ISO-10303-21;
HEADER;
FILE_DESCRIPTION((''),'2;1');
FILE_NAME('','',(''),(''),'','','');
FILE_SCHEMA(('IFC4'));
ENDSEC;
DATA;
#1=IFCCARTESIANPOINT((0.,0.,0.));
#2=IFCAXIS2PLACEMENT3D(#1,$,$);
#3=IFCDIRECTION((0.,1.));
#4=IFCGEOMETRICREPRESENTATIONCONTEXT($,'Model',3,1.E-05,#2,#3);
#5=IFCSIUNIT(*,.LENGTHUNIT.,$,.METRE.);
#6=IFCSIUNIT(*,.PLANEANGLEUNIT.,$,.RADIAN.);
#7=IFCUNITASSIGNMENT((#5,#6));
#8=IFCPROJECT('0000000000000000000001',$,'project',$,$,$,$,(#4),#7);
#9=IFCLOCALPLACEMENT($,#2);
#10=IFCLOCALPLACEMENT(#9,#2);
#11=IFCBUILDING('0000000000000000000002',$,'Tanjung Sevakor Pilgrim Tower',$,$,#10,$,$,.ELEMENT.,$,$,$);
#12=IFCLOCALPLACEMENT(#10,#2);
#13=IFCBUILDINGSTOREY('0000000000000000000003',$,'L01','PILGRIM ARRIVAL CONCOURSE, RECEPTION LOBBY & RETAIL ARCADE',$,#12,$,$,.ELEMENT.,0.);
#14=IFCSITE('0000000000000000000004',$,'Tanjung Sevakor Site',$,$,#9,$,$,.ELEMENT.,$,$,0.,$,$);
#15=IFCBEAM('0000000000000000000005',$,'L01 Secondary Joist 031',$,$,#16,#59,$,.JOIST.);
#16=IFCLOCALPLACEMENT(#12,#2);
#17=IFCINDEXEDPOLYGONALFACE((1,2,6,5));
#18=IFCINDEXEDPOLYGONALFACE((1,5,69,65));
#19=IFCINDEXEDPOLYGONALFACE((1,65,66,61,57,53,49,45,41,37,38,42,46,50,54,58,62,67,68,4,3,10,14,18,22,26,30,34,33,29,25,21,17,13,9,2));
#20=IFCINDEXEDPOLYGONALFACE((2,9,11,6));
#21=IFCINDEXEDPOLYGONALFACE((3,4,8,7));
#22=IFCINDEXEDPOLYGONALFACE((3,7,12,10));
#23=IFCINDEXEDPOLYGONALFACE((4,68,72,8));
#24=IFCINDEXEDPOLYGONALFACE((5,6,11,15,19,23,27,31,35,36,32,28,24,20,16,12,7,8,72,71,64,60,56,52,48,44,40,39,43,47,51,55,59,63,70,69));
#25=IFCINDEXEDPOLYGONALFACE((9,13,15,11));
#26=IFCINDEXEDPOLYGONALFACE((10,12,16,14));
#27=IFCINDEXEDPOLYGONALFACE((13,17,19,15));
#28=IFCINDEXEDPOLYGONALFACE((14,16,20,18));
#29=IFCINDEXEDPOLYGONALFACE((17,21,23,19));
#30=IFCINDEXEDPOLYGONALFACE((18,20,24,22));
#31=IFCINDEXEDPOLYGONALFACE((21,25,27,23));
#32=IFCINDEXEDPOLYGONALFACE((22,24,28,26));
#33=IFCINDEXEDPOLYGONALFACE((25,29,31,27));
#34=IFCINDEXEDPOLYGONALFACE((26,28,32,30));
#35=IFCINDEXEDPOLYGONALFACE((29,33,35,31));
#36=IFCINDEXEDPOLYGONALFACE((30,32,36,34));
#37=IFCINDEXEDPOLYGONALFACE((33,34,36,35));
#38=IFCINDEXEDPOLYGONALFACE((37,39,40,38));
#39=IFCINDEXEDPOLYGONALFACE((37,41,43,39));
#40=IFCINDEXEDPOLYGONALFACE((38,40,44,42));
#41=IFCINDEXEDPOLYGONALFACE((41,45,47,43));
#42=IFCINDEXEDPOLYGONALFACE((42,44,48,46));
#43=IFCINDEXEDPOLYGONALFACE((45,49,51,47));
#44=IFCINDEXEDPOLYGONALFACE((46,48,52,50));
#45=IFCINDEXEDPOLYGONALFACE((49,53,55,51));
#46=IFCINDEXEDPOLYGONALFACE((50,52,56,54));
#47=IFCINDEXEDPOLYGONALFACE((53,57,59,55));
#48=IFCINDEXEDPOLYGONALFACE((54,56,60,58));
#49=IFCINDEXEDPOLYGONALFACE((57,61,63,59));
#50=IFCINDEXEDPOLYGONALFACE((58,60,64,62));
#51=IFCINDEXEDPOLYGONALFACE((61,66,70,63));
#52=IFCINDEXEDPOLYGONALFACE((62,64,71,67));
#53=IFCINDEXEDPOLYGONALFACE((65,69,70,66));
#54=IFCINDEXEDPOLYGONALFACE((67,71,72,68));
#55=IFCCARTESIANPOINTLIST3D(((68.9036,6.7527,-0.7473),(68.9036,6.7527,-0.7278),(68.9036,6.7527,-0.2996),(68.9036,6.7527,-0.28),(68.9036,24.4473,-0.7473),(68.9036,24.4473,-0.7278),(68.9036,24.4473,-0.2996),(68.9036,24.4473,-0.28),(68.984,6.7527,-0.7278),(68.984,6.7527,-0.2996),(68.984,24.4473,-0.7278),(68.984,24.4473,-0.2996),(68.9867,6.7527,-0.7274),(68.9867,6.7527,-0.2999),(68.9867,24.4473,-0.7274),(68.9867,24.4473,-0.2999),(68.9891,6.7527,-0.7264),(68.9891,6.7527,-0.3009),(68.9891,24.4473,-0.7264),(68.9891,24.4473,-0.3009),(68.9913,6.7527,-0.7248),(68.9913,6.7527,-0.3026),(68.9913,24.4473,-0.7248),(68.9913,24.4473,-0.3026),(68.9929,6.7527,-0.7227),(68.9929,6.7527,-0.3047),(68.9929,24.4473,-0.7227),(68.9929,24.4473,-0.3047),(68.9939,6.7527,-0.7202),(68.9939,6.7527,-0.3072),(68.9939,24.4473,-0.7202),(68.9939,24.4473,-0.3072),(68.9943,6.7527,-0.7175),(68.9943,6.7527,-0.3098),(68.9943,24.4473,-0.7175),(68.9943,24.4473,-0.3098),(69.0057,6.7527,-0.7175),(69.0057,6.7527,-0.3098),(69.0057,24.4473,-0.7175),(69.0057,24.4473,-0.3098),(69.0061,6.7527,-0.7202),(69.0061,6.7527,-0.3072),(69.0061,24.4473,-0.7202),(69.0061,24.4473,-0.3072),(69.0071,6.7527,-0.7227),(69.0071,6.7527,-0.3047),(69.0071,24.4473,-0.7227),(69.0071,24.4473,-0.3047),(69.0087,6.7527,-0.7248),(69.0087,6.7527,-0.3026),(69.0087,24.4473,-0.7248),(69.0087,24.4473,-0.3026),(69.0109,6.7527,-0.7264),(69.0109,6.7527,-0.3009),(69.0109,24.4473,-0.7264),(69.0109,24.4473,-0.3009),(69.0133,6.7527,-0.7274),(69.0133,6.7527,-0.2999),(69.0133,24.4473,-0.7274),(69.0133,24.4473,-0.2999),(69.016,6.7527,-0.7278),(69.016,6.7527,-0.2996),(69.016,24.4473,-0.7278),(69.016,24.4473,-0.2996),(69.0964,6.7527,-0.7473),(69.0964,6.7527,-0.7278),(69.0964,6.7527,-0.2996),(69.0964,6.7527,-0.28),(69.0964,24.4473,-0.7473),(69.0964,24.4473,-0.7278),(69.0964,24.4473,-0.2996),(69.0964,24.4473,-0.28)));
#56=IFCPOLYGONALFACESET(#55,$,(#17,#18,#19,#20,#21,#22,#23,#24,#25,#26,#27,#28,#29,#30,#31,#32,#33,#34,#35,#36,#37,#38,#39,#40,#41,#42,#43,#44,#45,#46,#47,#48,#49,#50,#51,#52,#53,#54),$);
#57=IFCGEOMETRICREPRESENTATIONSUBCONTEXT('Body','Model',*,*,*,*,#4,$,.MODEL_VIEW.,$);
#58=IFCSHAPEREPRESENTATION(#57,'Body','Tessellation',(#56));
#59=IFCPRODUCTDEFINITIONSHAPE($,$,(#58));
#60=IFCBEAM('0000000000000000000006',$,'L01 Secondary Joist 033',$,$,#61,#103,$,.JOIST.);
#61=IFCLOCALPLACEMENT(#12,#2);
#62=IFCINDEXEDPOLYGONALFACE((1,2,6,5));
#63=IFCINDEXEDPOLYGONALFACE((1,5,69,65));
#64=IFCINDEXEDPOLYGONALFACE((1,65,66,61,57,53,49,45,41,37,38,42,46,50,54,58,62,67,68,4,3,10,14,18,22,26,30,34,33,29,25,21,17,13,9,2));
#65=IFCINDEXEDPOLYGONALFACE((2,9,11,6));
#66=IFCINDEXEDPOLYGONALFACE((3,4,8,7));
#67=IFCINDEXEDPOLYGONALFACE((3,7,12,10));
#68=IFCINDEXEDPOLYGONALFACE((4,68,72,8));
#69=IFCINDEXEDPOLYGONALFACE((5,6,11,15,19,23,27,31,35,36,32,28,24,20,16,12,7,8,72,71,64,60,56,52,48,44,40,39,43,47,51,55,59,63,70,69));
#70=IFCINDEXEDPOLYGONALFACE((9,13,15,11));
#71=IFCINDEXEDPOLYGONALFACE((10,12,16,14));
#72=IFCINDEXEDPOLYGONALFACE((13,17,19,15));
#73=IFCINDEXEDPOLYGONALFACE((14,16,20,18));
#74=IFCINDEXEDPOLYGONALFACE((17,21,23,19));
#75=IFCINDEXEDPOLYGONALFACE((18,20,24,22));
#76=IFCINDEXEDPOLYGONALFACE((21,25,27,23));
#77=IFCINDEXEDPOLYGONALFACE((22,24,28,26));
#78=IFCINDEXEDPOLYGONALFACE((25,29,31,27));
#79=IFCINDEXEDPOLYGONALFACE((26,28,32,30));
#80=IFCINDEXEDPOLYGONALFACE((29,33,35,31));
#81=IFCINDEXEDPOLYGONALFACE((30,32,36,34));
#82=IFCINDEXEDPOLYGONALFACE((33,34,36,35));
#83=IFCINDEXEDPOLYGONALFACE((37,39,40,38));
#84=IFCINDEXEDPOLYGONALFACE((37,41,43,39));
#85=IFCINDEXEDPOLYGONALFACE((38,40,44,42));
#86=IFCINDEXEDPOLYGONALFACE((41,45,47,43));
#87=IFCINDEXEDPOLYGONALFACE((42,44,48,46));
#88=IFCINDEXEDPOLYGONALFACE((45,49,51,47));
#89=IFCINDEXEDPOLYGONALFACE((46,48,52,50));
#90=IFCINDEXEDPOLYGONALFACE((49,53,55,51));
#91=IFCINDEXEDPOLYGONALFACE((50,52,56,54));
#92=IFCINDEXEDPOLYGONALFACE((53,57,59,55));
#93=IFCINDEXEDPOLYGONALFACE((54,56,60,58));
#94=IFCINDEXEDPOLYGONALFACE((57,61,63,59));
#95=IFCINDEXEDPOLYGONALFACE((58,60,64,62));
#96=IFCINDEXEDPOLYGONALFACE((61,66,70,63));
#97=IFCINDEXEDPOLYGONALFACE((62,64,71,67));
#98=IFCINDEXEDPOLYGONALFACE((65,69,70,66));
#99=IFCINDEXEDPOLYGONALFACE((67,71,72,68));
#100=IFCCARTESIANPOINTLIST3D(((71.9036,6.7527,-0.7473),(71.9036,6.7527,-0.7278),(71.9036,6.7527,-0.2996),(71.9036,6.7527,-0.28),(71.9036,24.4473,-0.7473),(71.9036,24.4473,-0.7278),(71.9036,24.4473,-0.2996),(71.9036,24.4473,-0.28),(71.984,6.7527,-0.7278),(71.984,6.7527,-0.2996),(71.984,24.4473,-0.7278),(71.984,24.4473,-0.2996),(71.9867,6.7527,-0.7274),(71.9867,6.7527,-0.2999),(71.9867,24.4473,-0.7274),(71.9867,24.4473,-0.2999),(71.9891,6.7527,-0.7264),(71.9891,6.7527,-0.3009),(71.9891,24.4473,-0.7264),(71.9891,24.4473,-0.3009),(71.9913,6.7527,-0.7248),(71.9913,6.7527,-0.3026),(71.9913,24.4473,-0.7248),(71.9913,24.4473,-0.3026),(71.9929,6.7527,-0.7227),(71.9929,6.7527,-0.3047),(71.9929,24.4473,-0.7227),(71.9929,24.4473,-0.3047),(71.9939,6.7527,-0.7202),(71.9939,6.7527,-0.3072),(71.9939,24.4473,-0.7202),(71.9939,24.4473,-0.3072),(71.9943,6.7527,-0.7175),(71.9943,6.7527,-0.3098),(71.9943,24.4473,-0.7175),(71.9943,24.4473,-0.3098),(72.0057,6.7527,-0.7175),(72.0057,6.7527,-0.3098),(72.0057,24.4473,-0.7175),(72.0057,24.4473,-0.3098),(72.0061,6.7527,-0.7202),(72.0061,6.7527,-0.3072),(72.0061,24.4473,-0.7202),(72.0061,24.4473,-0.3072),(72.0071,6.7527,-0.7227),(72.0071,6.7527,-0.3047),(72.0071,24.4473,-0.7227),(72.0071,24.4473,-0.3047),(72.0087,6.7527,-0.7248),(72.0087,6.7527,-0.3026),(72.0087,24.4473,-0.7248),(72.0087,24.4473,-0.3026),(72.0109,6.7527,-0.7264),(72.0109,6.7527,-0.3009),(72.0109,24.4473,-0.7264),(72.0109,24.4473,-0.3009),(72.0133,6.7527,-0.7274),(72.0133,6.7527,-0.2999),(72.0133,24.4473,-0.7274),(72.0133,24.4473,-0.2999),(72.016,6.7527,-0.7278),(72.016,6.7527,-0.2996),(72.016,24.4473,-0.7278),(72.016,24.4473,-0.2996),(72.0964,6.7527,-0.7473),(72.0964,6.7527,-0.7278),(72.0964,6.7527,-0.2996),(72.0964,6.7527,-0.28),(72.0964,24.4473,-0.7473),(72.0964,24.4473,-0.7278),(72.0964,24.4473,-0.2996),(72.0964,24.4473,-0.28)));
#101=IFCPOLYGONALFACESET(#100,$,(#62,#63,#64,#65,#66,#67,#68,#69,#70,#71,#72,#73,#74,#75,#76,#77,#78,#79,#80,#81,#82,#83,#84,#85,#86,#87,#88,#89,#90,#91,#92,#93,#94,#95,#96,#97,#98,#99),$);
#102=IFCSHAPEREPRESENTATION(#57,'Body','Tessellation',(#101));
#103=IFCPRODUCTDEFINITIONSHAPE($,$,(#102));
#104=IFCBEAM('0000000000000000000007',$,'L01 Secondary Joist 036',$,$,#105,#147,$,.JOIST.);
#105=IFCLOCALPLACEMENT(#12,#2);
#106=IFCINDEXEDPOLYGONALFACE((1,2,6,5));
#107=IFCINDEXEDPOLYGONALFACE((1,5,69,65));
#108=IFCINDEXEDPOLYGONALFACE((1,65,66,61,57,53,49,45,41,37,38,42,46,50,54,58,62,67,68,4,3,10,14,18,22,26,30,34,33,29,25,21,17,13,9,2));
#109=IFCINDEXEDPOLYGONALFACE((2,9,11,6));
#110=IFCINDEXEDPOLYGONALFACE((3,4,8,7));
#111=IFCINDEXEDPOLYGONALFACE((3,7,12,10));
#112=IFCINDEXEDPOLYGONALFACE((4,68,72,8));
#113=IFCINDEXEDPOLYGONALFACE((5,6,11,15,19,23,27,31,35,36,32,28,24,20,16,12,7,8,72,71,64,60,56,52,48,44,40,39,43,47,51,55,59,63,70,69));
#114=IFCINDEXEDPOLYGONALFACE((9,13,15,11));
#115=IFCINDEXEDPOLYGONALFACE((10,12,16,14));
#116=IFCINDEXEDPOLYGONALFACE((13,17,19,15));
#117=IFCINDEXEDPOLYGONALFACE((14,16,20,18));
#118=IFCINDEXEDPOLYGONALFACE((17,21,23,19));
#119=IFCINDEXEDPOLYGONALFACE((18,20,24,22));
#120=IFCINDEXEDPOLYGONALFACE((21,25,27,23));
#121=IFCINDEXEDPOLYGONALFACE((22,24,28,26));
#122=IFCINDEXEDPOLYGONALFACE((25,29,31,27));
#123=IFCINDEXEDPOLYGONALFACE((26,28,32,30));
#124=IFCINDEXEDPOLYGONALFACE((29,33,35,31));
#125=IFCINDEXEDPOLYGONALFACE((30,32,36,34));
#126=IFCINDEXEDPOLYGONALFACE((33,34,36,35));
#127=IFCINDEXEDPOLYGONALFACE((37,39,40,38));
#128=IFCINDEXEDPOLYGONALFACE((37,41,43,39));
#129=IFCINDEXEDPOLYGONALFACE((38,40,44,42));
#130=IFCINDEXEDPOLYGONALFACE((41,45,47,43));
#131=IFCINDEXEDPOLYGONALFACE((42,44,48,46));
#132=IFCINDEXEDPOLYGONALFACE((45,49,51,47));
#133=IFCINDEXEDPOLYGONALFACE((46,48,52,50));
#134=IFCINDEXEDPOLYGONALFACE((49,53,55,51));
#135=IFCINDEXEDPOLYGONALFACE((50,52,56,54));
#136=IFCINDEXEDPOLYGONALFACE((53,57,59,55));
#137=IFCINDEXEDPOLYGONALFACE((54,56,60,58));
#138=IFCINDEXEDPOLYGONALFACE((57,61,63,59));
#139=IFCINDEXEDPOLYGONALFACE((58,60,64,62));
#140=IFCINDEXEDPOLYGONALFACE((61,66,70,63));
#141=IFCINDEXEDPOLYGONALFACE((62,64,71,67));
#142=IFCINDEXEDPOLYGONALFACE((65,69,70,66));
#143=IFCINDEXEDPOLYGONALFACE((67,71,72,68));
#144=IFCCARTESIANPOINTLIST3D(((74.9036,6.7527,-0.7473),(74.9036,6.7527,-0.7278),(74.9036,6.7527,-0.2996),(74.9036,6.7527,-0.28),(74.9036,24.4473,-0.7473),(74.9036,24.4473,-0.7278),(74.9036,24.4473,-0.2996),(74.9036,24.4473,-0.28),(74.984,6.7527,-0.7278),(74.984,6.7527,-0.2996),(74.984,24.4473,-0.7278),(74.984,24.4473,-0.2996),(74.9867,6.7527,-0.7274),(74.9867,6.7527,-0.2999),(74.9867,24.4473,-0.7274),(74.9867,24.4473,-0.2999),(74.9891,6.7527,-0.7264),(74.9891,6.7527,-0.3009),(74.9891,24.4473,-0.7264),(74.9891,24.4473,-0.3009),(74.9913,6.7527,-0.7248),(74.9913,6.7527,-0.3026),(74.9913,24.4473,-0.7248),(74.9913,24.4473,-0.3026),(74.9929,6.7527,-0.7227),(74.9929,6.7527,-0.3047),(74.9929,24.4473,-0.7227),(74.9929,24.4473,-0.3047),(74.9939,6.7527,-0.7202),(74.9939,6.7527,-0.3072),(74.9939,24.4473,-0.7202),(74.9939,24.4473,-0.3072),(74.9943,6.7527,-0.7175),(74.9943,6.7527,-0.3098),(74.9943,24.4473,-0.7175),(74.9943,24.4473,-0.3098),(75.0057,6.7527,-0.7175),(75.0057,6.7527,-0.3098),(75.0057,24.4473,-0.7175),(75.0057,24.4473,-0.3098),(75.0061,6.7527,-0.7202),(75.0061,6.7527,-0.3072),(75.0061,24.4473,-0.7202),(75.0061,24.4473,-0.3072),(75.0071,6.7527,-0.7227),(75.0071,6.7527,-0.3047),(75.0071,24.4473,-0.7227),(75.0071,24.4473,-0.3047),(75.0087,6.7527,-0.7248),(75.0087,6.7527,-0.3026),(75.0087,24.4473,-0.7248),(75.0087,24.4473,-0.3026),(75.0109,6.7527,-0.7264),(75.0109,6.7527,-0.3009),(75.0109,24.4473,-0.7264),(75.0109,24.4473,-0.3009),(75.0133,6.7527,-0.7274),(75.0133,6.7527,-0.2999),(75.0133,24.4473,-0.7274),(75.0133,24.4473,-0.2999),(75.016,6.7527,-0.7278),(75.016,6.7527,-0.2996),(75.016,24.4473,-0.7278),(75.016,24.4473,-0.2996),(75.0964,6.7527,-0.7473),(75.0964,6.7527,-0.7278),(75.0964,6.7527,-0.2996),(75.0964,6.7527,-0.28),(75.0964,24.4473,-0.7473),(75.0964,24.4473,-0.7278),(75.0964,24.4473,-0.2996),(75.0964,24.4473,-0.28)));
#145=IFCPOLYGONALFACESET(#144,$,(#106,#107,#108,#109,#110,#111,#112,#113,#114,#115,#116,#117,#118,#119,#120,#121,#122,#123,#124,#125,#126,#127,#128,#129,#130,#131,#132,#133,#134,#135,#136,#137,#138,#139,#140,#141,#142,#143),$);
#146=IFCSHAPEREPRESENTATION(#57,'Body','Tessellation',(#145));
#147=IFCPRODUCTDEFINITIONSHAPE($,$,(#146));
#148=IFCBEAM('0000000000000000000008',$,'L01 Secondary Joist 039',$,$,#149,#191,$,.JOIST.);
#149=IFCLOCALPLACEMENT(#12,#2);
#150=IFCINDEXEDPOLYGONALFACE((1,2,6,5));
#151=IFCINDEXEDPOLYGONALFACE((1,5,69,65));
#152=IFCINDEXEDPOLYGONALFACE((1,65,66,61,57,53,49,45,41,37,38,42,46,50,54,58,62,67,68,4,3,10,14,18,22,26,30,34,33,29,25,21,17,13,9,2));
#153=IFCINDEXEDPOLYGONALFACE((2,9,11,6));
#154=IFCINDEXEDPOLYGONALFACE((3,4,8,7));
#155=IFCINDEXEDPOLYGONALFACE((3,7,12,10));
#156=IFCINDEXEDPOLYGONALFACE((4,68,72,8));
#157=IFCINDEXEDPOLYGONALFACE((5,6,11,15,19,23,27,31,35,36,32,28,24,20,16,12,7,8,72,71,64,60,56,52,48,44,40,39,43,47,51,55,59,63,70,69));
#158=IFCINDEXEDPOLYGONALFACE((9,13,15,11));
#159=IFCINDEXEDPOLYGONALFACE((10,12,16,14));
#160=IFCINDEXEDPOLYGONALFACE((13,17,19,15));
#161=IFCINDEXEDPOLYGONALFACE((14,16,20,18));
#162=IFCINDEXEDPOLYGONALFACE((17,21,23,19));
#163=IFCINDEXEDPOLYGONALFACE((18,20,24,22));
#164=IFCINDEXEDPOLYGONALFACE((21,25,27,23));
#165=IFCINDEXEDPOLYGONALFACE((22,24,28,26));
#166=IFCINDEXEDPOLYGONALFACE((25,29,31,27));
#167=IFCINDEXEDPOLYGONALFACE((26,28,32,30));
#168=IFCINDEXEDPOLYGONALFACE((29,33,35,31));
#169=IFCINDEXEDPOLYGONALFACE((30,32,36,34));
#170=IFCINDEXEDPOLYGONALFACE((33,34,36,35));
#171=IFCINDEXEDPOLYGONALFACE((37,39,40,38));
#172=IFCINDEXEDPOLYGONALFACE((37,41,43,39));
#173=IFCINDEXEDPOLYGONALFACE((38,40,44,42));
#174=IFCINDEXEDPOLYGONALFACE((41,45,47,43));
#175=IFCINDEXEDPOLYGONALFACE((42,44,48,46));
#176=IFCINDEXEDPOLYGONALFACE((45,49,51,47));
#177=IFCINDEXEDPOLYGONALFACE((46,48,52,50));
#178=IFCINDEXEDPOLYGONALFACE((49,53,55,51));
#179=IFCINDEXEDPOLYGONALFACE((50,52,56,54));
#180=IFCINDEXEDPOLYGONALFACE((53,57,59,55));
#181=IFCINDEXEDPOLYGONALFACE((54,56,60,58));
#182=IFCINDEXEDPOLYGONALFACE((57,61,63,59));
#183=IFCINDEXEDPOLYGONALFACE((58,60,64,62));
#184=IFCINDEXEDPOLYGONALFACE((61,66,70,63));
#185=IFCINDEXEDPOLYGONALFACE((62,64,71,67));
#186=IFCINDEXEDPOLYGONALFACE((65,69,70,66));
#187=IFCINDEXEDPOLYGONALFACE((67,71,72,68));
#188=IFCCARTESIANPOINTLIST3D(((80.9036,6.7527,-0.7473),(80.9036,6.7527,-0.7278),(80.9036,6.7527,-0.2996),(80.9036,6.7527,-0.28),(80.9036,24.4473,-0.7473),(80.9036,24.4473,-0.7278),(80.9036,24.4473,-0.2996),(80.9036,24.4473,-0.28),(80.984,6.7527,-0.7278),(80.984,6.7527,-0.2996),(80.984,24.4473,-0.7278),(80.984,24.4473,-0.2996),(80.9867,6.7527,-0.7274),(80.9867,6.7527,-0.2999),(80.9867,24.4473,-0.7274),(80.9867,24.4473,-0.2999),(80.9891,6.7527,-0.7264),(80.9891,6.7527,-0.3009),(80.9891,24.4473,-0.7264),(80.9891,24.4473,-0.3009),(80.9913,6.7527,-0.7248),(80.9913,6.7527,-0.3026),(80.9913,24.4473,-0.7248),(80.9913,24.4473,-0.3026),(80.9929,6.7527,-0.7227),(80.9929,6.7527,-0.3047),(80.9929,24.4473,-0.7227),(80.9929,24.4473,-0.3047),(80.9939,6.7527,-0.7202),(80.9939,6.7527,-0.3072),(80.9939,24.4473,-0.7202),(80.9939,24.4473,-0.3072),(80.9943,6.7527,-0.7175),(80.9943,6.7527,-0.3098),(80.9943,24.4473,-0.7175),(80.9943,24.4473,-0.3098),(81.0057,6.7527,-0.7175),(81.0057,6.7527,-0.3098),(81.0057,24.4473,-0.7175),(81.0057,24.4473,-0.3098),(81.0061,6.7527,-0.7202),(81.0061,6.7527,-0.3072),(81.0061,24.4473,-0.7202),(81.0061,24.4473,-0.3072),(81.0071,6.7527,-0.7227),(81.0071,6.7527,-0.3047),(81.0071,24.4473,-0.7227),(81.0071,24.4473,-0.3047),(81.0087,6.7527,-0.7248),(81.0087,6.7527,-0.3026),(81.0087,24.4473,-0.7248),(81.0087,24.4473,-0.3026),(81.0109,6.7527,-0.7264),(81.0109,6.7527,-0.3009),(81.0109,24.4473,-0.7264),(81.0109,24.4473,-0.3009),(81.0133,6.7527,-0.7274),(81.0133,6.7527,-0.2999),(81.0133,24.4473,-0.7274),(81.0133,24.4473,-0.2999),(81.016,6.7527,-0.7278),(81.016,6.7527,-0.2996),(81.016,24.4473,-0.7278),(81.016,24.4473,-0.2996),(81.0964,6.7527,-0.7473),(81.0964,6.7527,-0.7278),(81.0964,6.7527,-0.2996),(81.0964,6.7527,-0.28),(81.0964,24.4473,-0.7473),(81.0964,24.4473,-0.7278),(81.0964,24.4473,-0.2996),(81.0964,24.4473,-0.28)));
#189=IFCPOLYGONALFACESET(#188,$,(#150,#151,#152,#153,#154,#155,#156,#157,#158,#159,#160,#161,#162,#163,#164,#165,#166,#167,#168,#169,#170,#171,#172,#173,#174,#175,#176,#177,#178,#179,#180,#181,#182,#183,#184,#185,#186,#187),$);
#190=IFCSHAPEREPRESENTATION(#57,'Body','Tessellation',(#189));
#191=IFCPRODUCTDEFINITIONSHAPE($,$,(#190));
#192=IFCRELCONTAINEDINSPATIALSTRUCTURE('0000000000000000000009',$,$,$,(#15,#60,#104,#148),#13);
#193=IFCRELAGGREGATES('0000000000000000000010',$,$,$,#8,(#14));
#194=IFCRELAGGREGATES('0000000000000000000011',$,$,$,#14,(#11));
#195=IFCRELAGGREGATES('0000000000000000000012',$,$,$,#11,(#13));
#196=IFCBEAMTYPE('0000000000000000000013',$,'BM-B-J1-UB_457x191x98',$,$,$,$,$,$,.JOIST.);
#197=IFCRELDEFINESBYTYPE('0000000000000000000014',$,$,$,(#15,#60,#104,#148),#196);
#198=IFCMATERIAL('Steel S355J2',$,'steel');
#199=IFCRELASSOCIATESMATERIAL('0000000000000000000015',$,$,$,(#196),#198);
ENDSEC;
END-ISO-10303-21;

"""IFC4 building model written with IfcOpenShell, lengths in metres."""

from ifc_helpers import new_model, si_unit, direction, frame, origin, origin_2d, place, context, subcontext, project, spatial, i_section, extrude, material, material_profile, profile_set, type_object, element, save


model = new_model("IFC4")

# Units and contexts
model_context = context("Model", 3, precision=1e-05, world=origin(), true_north=direction((0.0, 1.0)))
body_context = subcontext(model_context, "Body", "Model", "MODEL_VIEW")
ifc_project = project(units=[si_unit("LENGTHUNIT", "METRE"), si_unit("PLANEANGLEUNIT", "RADIAN")], contexts=[model_context])

# Site, building, storey
site_placement = place(None, origin())
site = spatial("IfcSite", under=ifc_project, at=site_placement, Name="Tanjung Sevakor Site", CompositionType="ELEMENT", RefElevation=0.0)
building_placement = place(site_placement, origin())
building = spatial("IfcBuilding", under=site, at=building_placement, Name="Tanjung Sevakor Pilgrim Tower", CompositionType="ELEMENT")
storey_placement = place(building_placement, origin())
storey = spatial("IfcBuildingStorey", under=building, at=storey_placement, Name="L01", Description="PILGRIM ARRIVAL CONCOURSE, RECEPTION LOBBY & RETAIL ARCADE", CompositionType="ELEMENT", Elevation=0.0)

# Beams
ifc_material_1 = material(Name="Steel S355J2", Category="steel")
ifc_material_profile_1 = material_profile(ifc_material_1, i_section(OverallWidth=0.1929, OverallDepth=0.4673, WebThickness=0.0115, FlangeThickness=0.0195, FilletRadius=0.0103, at=origin_2d()))
ifc_profile_set_1 = profile_set([ifc_material_profile_1], Name="Steel S355J2")
beam_type_1 = type_object("IfcBeamType", Name="BM-B-J1-UB_457x191x98", PredefinedType="JOIST", material=ifc_profile_set_1)
for number, where, z_axis, x_axis, name in (
    (1, (69.0, 6.7527, -0.5137), (0.0, 1.0, 0.0), (-1.0, 0.0, 0.0), "L01 Secondary Joist 031"),
    (2, (72.0, 6.7527, -0.5137), (0.0, 1.0, 0.0), (-1.0, 0.0, 0.0), "L01 Secondary Joist 033"),
    (3, (75.0, 6.7527, -0.5137), (0.0, 1.0, 0.0), (-1.0, 0.0, 0.0), "L01 Secondary Joist 036"),
    (4, (81.0, 6.7527, -0.5137), (0.0, 1.0, 0.0), (-1.0, 0.0, 0.0), "L01 Secondary Joist 039"),
):
    element("IfcBeam", number, at=place(storey_placement, frame(where, z_axis=z_axis, x_axis=x_axis)), inside=storey, type_object=beam_type_1, Name=name, PredefinedType="JOIST", context=body_context, shape_type="SweptSolid", body=[
        extrude(i_section(OverallWidth=0.1929, OverallDepth=0.4673, WebThickness=0.0115, FlangeThickness=0.0195, FilletRadius=0.0103, at=origin_2d()), origin(), (0.0, 0.0, 1.0), 17.6946),
    ])

save(model, "model.ifc")
